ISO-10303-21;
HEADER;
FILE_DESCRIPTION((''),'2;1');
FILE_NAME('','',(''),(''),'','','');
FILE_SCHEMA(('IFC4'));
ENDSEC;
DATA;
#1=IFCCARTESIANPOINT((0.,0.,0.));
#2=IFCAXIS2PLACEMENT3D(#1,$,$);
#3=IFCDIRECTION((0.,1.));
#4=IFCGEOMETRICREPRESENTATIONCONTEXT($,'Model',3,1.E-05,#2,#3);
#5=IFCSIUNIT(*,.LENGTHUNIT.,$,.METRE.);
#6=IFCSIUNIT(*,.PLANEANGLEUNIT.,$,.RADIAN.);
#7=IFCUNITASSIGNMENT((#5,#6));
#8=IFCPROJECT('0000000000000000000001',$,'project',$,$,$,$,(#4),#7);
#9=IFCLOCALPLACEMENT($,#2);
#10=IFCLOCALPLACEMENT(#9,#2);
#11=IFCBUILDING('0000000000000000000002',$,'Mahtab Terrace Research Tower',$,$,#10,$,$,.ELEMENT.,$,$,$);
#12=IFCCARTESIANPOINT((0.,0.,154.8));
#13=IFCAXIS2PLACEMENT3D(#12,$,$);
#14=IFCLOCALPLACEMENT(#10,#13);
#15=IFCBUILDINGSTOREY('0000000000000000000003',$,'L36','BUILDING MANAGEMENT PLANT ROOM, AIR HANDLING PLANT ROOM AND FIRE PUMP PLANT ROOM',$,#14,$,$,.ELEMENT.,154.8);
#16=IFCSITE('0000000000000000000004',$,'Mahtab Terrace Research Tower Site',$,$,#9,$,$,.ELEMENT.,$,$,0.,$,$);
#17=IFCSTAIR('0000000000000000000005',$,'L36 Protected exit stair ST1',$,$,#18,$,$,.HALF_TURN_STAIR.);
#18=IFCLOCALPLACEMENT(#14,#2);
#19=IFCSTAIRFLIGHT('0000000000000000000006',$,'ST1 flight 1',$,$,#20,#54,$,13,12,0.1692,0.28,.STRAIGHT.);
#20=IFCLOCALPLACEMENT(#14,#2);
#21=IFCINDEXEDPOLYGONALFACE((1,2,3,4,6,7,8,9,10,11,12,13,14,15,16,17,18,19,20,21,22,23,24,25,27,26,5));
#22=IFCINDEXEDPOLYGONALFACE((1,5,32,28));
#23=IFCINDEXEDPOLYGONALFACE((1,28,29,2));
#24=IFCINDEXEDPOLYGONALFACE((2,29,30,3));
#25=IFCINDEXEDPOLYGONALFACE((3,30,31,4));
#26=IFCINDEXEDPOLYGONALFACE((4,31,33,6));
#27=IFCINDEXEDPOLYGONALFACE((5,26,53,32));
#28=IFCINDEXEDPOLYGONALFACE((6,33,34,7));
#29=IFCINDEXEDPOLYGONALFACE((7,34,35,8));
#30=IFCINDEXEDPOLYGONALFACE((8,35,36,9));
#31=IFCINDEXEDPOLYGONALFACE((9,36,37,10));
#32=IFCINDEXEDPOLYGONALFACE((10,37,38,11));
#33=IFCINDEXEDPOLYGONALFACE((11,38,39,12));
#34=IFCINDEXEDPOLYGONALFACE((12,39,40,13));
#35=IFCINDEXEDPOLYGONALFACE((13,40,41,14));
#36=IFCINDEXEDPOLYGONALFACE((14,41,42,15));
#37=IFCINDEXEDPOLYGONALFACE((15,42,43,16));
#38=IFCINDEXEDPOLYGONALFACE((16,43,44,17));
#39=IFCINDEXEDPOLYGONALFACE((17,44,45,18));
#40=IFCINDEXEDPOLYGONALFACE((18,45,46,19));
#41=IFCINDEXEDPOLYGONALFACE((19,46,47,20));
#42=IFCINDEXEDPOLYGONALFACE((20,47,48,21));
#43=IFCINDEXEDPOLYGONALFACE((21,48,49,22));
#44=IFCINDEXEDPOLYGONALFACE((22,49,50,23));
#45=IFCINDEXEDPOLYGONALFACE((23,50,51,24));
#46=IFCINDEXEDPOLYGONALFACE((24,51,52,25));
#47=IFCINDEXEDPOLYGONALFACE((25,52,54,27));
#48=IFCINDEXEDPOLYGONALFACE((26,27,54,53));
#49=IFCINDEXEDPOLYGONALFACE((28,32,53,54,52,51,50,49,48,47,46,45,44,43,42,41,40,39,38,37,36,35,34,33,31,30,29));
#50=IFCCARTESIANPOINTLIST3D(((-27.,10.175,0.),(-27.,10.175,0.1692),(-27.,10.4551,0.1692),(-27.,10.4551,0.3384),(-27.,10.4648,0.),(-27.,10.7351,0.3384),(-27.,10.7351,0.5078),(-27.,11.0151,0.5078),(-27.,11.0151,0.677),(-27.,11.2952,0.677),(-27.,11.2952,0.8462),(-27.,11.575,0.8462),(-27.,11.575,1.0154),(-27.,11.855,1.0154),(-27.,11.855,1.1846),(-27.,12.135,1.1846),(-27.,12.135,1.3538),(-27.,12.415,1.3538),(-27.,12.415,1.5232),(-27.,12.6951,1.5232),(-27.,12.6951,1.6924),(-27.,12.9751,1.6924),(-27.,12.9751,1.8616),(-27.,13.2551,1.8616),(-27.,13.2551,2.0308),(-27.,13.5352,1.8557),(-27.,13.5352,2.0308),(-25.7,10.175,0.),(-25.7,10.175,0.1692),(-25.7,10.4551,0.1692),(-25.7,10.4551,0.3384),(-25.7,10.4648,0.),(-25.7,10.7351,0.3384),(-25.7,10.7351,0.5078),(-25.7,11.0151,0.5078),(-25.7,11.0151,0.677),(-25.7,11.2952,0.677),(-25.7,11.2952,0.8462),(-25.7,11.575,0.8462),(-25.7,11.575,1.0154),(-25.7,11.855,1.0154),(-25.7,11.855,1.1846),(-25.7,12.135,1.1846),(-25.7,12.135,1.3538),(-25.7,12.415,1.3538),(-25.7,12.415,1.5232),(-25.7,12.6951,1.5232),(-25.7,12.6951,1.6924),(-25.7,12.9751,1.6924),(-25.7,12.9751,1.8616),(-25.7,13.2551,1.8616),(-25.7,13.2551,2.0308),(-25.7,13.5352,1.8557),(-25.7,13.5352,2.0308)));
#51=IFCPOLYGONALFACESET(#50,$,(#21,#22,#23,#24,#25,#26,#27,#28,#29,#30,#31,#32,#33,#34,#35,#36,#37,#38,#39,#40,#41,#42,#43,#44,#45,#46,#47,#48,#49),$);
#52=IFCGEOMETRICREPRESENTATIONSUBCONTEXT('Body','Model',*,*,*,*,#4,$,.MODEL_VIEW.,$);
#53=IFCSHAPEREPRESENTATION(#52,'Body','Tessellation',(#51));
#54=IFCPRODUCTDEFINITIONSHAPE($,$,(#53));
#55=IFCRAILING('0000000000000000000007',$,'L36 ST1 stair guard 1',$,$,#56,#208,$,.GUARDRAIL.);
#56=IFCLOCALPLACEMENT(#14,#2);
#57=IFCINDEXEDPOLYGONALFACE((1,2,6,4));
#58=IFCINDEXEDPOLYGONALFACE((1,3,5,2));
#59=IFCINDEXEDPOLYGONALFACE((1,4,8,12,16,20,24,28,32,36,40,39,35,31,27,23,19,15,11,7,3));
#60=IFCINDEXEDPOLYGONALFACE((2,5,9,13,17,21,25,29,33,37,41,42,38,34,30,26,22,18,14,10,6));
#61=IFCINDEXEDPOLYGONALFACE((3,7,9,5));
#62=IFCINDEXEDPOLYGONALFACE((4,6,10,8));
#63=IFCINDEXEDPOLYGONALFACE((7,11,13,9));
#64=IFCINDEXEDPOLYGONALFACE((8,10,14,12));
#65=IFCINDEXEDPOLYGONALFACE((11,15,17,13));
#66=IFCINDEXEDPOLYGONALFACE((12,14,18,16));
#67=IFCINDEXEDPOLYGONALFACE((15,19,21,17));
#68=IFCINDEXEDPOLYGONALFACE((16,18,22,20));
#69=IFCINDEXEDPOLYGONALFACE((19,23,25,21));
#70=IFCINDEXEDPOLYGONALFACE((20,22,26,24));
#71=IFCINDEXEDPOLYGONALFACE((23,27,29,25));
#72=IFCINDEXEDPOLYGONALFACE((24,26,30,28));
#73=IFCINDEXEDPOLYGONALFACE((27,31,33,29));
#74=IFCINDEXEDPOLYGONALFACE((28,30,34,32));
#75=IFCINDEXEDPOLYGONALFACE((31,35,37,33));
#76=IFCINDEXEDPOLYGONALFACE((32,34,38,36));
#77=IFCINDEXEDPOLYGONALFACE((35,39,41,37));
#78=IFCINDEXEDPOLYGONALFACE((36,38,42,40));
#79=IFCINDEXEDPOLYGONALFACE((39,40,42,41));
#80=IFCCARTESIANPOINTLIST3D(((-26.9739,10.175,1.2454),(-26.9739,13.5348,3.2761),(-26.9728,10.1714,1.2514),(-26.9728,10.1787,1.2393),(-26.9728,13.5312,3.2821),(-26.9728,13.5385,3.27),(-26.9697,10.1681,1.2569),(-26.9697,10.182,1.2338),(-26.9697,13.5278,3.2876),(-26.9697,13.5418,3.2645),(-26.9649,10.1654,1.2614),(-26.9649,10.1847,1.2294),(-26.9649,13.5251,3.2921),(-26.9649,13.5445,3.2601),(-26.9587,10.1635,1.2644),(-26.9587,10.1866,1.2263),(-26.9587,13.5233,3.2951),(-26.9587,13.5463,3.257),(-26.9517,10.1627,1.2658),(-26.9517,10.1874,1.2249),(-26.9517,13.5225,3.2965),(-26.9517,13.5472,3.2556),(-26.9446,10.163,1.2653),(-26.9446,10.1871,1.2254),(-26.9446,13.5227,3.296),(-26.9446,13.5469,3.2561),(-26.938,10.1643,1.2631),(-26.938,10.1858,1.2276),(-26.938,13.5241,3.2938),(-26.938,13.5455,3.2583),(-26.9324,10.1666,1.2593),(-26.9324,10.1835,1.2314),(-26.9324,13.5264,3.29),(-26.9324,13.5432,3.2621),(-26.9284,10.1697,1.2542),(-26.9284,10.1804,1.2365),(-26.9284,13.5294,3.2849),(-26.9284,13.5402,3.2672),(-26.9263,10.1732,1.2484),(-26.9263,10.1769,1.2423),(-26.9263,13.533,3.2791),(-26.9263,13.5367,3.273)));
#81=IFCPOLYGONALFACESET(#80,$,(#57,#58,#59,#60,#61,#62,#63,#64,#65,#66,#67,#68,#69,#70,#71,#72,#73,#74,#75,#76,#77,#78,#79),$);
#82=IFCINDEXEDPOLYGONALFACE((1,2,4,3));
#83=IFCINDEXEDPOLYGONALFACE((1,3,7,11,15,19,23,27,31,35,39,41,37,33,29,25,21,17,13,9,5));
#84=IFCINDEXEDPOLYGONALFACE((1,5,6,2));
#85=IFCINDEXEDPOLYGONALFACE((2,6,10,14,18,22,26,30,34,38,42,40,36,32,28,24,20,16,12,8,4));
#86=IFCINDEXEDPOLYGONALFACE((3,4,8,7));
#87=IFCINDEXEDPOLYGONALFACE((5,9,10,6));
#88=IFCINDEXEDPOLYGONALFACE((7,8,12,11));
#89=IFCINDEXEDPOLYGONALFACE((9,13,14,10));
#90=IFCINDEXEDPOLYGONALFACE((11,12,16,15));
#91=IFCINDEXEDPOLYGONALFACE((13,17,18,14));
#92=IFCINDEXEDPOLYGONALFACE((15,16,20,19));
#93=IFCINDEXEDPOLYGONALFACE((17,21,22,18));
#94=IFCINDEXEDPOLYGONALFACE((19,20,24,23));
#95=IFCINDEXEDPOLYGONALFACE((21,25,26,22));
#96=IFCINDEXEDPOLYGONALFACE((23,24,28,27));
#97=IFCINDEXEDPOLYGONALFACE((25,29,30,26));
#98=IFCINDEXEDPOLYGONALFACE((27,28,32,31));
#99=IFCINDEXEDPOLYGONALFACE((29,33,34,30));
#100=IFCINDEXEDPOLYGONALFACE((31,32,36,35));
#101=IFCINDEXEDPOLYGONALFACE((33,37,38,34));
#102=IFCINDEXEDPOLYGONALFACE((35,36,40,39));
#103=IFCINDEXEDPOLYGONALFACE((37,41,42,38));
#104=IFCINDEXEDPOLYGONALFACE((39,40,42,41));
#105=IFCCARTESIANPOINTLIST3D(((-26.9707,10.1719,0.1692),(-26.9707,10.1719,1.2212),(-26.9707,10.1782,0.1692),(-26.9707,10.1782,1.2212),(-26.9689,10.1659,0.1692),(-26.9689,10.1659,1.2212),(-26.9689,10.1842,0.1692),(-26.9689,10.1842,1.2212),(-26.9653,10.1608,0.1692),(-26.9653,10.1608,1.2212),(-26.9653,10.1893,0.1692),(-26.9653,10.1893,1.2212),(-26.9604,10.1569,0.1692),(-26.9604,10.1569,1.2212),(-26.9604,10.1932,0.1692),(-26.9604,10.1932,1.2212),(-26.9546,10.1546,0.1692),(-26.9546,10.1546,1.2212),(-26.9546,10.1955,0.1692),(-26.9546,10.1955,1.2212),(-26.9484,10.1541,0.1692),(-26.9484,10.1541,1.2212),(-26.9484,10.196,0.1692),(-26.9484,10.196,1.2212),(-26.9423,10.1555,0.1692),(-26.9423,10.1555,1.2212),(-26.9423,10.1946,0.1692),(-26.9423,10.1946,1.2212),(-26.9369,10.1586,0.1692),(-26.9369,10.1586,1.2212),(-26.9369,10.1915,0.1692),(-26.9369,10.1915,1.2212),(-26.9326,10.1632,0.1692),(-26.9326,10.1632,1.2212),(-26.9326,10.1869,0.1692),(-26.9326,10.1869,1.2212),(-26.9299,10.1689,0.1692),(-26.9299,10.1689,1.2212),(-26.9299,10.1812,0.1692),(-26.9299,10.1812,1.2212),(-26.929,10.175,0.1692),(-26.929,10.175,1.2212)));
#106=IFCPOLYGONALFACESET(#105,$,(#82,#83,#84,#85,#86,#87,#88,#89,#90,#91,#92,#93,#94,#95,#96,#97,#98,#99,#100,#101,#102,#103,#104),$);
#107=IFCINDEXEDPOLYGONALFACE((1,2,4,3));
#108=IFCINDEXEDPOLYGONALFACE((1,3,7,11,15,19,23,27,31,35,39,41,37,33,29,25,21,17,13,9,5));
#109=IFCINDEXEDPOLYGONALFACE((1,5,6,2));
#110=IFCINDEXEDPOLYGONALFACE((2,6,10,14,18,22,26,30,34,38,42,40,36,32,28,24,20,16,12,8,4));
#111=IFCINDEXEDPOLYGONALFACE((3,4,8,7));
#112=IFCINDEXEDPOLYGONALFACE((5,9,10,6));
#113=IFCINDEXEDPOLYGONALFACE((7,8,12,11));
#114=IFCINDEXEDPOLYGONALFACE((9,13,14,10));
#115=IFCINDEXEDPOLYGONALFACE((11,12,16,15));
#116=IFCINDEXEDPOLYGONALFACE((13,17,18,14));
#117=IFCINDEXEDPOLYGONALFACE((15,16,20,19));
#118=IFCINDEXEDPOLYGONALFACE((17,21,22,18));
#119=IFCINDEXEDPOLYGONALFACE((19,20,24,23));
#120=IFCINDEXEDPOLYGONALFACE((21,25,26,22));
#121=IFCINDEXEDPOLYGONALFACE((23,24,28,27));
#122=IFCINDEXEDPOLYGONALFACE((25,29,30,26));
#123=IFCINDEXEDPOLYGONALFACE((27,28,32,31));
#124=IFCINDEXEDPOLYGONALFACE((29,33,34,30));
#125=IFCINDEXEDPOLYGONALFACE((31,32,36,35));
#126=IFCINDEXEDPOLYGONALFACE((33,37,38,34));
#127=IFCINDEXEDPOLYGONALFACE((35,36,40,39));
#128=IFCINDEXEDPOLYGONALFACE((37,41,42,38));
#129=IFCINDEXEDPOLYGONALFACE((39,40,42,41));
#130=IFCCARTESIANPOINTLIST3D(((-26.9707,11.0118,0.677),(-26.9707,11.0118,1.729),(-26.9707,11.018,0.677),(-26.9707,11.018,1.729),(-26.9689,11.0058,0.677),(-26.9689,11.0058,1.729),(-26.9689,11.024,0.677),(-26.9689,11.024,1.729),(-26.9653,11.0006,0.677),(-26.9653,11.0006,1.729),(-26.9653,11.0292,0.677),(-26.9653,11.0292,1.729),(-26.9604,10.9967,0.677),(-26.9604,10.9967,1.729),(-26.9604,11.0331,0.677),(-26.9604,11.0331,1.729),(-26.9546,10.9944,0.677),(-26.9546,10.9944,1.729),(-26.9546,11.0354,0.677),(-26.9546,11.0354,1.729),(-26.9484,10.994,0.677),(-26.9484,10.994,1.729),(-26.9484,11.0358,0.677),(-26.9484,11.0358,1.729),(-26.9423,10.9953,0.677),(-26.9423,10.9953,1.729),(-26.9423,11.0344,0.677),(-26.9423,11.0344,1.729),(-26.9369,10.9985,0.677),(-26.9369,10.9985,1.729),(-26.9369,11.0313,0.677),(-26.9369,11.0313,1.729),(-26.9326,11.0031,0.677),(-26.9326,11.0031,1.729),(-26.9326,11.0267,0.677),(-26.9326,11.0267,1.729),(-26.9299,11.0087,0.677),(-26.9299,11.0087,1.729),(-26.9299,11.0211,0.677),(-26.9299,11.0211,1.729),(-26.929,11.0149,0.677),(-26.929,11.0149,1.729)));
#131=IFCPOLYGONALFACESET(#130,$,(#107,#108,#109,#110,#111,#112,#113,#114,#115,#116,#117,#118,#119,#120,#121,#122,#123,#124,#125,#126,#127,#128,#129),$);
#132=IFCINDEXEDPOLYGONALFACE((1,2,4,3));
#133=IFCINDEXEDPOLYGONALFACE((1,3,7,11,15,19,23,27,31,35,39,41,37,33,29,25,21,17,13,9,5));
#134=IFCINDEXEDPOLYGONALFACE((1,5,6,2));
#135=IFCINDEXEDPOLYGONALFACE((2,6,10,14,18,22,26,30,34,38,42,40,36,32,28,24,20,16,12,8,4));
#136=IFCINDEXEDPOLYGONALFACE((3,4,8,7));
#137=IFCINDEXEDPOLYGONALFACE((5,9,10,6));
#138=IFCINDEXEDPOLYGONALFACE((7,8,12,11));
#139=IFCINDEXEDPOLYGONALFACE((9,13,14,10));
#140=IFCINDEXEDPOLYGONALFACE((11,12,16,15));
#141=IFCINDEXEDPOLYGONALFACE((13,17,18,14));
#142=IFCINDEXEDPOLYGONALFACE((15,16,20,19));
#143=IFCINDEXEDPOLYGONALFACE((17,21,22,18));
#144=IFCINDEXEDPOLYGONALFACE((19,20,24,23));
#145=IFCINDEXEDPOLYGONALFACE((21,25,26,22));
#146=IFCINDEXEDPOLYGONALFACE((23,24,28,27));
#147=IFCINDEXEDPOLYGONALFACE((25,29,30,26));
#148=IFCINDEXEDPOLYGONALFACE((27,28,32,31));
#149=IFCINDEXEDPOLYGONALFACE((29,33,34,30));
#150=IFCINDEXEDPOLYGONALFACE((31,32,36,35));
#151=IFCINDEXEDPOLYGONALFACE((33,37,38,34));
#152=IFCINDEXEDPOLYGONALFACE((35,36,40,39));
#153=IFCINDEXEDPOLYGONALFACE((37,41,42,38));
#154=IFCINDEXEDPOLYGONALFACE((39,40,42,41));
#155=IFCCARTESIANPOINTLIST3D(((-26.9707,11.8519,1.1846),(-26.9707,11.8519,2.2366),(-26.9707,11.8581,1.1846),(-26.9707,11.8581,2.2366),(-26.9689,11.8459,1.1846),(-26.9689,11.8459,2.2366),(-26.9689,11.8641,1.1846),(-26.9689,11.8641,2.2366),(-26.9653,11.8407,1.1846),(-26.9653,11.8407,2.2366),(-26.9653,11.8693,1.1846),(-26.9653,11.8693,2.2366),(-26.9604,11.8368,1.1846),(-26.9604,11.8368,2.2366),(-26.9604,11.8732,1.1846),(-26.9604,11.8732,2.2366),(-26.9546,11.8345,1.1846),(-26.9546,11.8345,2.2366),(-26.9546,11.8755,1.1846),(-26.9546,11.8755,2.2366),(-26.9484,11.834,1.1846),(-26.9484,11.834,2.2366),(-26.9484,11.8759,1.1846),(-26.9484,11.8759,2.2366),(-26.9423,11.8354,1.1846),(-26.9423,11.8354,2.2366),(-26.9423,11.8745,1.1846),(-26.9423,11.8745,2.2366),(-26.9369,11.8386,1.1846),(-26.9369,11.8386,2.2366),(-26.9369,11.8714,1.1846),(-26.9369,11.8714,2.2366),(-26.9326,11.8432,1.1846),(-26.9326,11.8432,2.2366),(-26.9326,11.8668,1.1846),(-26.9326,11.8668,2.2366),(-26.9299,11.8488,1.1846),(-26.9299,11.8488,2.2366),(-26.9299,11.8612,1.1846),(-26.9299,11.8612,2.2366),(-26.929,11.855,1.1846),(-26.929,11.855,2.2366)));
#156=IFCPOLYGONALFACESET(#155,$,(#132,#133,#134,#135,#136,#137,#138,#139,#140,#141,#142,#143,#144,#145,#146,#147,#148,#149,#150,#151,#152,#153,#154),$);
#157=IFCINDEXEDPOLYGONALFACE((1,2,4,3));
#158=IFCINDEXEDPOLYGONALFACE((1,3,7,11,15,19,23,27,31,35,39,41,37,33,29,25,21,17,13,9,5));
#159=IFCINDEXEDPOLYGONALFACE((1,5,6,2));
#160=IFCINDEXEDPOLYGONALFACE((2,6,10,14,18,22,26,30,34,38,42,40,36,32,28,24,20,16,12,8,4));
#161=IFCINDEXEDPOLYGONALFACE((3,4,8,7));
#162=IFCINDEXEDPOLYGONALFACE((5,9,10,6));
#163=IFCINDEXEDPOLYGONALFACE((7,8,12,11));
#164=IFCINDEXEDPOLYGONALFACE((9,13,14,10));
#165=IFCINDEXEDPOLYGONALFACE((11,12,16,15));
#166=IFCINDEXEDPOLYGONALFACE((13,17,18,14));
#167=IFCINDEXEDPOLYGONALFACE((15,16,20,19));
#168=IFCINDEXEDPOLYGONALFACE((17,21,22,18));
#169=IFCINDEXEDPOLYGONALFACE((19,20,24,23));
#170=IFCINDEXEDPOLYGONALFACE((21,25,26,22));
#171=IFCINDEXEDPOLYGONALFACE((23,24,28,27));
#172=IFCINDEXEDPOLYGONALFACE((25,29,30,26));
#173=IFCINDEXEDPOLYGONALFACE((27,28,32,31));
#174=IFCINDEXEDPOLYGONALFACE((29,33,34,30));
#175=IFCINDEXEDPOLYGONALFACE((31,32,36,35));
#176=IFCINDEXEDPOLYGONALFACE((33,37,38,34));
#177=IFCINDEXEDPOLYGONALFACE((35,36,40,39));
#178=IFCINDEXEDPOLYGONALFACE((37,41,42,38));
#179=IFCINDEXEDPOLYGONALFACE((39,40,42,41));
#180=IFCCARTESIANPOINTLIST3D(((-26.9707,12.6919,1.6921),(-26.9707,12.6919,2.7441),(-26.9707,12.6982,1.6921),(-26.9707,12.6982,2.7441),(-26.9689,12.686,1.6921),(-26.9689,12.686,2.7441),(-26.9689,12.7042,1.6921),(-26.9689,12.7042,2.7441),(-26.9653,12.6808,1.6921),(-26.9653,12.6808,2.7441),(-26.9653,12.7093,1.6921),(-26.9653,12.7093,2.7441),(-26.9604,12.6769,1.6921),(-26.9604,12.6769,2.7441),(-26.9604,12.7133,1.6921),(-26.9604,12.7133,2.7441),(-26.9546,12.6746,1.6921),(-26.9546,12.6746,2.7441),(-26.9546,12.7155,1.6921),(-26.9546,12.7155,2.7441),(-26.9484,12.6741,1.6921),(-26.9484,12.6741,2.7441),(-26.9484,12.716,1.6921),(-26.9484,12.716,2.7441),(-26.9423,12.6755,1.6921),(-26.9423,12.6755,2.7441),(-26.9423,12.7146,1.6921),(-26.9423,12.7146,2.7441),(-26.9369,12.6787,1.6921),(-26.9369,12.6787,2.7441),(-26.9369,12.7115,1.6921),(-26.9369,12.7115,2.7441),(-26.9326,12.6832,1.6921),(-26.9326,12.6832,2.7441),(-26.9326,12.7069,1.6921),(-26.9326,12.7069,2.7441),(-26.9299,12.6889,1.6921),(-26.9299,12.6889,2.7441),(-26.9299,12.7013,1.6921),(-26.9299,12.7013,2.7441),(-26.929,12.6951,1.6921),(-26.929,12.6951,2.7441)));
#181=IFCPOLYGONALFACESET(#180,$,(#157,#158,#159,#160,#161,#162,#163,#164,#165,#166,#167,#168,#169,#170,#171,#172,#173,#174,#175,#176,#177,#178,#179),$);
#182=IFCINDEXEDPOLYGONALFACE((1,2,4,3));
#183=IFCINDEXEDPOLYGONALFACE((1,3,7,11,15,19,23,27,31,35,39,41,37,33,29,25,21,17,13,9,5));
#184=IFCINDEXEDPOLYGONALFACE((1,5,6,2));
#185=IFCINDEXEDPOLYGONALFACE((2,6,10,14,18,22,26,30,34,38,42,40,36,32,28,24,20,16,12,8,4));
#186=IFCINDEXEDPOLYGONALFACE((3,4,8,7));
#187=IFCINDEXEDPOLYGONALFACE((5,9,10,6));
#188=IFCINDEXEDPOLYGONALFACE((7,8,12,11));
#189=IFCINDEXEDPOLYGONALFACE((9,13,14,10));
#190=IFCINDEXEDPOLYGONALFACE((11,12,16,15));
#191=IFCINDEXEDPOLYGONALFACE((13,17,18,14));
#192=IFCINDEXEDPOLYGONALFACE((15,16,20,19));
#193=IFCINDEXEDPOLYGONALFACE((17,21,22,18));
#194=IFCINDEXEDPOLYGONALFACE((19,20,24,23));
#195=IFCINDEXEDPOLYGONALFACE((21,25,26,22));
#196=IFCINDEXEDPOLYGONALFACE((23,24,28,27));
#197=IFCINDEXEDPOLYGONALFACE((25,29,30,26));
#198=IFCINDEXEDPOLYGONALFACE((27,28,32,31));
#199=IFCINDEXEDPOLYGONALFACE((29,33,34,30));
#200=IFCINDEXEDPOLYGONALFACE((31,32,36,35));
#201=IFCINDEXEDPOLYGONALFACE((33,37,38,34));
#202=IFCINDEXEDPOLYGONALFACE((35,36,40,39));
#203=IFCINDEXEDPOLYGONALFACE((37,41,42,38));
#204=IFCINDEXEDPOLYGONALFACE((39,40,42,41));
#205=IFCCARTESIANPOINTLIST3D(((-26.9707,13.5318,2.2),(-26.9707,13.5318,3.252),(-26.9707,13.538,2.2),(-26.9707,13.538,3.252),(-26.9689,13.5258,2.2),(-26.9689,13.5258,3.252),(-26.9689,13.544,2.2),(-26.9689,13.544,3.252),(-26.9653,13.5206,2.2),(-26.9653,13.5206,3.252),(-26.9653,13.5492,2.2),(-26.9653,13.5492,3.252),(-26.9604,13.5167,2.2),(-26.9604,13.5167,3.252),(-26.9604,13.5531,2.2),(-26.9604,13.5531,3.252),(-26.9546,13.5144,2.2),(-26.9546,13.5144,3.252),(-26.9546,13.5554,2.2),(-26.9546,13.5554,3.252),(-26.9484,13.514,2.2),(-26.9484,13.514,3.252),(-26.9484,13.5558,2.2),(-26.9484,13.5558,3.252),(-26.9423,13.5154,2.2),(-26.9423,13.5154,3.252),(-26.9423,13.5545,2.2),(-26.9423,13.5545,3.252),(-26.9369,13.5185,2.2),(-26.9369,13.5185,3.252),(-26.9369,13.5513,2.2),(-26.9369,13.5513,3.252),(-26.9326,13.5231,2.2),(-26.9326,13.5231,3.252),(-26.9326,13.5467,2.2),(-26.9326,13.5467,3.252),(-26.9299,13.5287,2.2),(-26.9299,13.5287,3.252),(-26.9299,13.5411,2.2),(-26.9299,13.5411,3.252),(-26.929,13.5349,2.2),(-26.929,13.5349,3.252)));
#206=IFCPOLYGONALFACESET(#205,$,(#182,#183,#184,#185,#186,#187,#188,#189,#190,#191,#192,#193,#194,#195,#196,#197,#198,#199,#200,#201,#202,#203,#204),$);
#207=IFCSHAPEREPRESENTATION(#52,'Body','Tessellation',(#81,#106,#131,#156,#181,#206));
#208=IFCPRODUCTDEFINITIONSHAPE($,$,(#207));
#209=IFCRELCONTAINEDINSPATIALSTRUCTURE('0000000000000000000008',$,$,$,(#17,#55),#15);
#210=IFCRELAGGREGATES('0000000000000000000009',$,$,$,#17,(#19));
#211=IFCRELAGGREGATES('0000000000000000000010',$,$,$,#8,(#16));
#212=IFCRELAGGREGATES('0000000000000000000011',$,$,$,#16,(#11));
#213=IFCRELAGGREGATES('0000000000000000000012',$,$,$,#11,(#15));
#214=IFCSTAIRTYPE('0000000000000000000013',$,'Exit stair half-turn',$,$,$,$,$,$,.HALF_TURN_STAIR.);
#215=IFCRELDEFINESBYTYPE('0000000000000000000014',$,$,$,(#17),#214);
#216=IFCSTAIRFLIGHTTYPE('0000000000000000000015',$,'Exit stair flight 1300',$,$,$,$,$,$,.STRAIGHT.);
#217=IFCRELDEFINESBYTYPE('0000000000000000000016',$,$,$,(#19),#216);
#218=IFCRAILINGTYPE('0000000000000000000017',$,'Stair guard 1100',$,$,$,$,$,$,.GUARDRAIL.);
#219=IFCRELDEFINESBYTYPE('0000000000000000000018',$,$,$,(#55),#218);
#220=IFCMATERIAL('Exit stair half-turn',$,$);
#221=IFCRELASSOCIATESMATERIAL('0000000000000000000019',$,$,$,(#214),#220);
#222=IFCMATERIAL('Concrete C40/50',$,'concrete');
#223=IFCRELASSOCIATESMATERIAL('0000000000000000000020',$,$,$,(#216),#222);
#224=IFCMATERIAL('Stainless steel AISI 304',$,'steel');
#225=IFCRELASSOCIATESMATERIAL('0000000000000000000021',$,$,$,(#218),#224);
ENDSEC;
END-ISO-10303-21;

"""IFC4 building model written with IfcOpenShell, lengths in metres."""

from ifc_helpers import new_model, si_unit, direction, frame, origin, origin_2d, place, context, subcontext, project, spatial, polyline, circle, outline, extrude, material, type_object, element, aggregate, save


model = new_model("IFC4")

# Units and contexts
model_context = context("Model", 3, precision=1e-05, world=origin(), true_north=direction((0.0, 1.0)))
body_context = subcontext(model_context, "Body", "Model", "MODEL_VIEW")
ifc_project = project(units=[si_unit("LENGTHUNIT", "METRE"), si_unit("PLANEANGLEUNIT", "RADIAN")], contexts=[model_context])

# Site, building, storey
site_placement = place(None, origin())
site = spatial("IfcSite", under=ifc_project, at=site_placement, Name="Mahtab Terrace Research Tower Site", CompositionType="ELEMENT", RefElevation=0.0)
building_placement = place(site_placement, origin())
building = spatial("IfcBuilding", under=site, at=building_placement, Name="Mahtab Terrace Research Tower", CompositionType="ELEMENT")
storey_placement = place(building_placement, frame((0.0, 0.0, 154.8)))
storey = spatial("IfcBuildingStorey", under=building, at=storey_placement, Name="L36", Description="BUILDING MANAGEMENT PLANT ROOM, AIR HANDLING PLANT ROOM AND FIRE PUMP PLANT ROOM", CompositionType="ELEMENT", Elevation=154.8)

# Stair, stair flight
ifc_material_1 = material(Name="Exit stair half-turn")
stair_type = type_object("IfcStairType", Name="Exit stair half-turn", PredefinedType="HALF_TURN_STAIR", material=ifc_material_1)
stair_placement = place(storey_placement, origin())
stair = element("IfcStair", 1, at=stair_placement, inside=storey, type_object=stair_type, Name="L36 Protected exit stair ST1", PredefinedType="HALF_TURN_STAIR")
ifc_material_2 = material(Name="Concrete C40/50", Category="concrete")
stair_flight_type = type_object("IfcStairFlightType", Name="Exit stair flight 1300", PredefinedType="STRAIGHT", material=ifc_material_2)
stair_flight_placement = place(storey_placement, frame((-26.3501, 10.175, 0.0), z_axis=(0.0, 0.0, 1.0), x_axis=(0.0, 1.0, 0.0)))
stair_flight = element("IfcStairFlight", 2, at=stair_flight_placement, type_object=stair_flight_type, Name="ST1 flight 1", NumberOfRisers=13, NumberOfTreads=12, PredefinedType="STRAIGHT", RiserHeight=0.1692, TreadLength=0.28, context=body_context, shape_type="SweptSolid", body=[
    extrude(outline(polyline([(0.0, 0.0), (0.0, 0.1692), (0.28, 0.1692), (0.28, 0.3384), (0.5601, 0.3384), (0.5601, 0.5078), (0.8401, 0.5078), (0.8401, 0.677), (1.1201, 0.677), (1.1201, 0.8462), (1.3999, 0.8462), (1.3999, 1.0154), (1.6799, 1.0154), (1.6799, 1.1846), (1.96, 1.1846), (1.96, 1.3538), (2.24, 1.3538), (2.24, 1.5232), (2.52, 1.5232), (2.52, 1.6924), (2.8, 1.6924), (2.8, 1.8616), (3.0801, 1.8616), (3.0801, 2.0308), (3.3601, 2.0308), (3.3601, 2.2), (3.3601, 1.8557), (0.2898, 0.0), (0.0, 0.0)])), frame((0.0, 0.6499, 0.0), z_axis=(0.0, -1.0, 0.0), x_axis=(1.0, 0.0, 0.0)), (0.0, 0.0, 1.0), 1.3),
])
aggregate(stair, [stair_flight])

# Railing
ifc_material_3 = material(Name="Stainless steel AISI 304", Category="steel")
railing_type_1 = type_object("IfcRailingType", Name="Stair guard 1100", PredefinedType="GUARDRAIL", material=ifc_material_3)
railing_1_placement = place(storey_placement, frame((-26.95, 10.175, 0.1692)))
element("IfcRailing", 3, at=railing_1_placement, inside=storey, type_object=railing_type_1, Name="L36 ST1 stair guard 1", PredefinedType="GUARDRAIL", context=body_context, shape_type="SweptSolid", body=[
    extrude(circle(Radius=0.0239, at=origin_2d()), frame((0.0, 0.0, 1.0762), z_axis=(0.0, 0.85582, 0.517273), x_axis=(-1.0, 0.0, 0.0)), (0.0, 0.0, 1.0), 3.9258),
    extrude(circle(Radius=0.021, at=origin_2d()), origin(), (0.0, 0.0, 1.0), 1.052),
    extrude(circle(Radius=0.021, at=origin_2d()), frame((0.0, 0.8398, 0.5078)), (0.0, 0.0, 1.0), 1.052),
    extrude(circle(Radius=0.021, at=origin_2d()), frame((0.0, 1.6799, 1.0154)), (0.0, 0.0, 1.0), 1.052),
    extrude(circle(Radius=0.021, at=origin_2d()), frame((0.0, 2.52, 1.5229)), (0.0, 0.0, 1.0), 1.052),
    extrude(circle(Radius=0.021, at=origin_2d()), frame((0.0, 3.3599, 2.0308)), (0.0, 0.0, 1.0), 1.052),
])

save(model, "model.ifc")
